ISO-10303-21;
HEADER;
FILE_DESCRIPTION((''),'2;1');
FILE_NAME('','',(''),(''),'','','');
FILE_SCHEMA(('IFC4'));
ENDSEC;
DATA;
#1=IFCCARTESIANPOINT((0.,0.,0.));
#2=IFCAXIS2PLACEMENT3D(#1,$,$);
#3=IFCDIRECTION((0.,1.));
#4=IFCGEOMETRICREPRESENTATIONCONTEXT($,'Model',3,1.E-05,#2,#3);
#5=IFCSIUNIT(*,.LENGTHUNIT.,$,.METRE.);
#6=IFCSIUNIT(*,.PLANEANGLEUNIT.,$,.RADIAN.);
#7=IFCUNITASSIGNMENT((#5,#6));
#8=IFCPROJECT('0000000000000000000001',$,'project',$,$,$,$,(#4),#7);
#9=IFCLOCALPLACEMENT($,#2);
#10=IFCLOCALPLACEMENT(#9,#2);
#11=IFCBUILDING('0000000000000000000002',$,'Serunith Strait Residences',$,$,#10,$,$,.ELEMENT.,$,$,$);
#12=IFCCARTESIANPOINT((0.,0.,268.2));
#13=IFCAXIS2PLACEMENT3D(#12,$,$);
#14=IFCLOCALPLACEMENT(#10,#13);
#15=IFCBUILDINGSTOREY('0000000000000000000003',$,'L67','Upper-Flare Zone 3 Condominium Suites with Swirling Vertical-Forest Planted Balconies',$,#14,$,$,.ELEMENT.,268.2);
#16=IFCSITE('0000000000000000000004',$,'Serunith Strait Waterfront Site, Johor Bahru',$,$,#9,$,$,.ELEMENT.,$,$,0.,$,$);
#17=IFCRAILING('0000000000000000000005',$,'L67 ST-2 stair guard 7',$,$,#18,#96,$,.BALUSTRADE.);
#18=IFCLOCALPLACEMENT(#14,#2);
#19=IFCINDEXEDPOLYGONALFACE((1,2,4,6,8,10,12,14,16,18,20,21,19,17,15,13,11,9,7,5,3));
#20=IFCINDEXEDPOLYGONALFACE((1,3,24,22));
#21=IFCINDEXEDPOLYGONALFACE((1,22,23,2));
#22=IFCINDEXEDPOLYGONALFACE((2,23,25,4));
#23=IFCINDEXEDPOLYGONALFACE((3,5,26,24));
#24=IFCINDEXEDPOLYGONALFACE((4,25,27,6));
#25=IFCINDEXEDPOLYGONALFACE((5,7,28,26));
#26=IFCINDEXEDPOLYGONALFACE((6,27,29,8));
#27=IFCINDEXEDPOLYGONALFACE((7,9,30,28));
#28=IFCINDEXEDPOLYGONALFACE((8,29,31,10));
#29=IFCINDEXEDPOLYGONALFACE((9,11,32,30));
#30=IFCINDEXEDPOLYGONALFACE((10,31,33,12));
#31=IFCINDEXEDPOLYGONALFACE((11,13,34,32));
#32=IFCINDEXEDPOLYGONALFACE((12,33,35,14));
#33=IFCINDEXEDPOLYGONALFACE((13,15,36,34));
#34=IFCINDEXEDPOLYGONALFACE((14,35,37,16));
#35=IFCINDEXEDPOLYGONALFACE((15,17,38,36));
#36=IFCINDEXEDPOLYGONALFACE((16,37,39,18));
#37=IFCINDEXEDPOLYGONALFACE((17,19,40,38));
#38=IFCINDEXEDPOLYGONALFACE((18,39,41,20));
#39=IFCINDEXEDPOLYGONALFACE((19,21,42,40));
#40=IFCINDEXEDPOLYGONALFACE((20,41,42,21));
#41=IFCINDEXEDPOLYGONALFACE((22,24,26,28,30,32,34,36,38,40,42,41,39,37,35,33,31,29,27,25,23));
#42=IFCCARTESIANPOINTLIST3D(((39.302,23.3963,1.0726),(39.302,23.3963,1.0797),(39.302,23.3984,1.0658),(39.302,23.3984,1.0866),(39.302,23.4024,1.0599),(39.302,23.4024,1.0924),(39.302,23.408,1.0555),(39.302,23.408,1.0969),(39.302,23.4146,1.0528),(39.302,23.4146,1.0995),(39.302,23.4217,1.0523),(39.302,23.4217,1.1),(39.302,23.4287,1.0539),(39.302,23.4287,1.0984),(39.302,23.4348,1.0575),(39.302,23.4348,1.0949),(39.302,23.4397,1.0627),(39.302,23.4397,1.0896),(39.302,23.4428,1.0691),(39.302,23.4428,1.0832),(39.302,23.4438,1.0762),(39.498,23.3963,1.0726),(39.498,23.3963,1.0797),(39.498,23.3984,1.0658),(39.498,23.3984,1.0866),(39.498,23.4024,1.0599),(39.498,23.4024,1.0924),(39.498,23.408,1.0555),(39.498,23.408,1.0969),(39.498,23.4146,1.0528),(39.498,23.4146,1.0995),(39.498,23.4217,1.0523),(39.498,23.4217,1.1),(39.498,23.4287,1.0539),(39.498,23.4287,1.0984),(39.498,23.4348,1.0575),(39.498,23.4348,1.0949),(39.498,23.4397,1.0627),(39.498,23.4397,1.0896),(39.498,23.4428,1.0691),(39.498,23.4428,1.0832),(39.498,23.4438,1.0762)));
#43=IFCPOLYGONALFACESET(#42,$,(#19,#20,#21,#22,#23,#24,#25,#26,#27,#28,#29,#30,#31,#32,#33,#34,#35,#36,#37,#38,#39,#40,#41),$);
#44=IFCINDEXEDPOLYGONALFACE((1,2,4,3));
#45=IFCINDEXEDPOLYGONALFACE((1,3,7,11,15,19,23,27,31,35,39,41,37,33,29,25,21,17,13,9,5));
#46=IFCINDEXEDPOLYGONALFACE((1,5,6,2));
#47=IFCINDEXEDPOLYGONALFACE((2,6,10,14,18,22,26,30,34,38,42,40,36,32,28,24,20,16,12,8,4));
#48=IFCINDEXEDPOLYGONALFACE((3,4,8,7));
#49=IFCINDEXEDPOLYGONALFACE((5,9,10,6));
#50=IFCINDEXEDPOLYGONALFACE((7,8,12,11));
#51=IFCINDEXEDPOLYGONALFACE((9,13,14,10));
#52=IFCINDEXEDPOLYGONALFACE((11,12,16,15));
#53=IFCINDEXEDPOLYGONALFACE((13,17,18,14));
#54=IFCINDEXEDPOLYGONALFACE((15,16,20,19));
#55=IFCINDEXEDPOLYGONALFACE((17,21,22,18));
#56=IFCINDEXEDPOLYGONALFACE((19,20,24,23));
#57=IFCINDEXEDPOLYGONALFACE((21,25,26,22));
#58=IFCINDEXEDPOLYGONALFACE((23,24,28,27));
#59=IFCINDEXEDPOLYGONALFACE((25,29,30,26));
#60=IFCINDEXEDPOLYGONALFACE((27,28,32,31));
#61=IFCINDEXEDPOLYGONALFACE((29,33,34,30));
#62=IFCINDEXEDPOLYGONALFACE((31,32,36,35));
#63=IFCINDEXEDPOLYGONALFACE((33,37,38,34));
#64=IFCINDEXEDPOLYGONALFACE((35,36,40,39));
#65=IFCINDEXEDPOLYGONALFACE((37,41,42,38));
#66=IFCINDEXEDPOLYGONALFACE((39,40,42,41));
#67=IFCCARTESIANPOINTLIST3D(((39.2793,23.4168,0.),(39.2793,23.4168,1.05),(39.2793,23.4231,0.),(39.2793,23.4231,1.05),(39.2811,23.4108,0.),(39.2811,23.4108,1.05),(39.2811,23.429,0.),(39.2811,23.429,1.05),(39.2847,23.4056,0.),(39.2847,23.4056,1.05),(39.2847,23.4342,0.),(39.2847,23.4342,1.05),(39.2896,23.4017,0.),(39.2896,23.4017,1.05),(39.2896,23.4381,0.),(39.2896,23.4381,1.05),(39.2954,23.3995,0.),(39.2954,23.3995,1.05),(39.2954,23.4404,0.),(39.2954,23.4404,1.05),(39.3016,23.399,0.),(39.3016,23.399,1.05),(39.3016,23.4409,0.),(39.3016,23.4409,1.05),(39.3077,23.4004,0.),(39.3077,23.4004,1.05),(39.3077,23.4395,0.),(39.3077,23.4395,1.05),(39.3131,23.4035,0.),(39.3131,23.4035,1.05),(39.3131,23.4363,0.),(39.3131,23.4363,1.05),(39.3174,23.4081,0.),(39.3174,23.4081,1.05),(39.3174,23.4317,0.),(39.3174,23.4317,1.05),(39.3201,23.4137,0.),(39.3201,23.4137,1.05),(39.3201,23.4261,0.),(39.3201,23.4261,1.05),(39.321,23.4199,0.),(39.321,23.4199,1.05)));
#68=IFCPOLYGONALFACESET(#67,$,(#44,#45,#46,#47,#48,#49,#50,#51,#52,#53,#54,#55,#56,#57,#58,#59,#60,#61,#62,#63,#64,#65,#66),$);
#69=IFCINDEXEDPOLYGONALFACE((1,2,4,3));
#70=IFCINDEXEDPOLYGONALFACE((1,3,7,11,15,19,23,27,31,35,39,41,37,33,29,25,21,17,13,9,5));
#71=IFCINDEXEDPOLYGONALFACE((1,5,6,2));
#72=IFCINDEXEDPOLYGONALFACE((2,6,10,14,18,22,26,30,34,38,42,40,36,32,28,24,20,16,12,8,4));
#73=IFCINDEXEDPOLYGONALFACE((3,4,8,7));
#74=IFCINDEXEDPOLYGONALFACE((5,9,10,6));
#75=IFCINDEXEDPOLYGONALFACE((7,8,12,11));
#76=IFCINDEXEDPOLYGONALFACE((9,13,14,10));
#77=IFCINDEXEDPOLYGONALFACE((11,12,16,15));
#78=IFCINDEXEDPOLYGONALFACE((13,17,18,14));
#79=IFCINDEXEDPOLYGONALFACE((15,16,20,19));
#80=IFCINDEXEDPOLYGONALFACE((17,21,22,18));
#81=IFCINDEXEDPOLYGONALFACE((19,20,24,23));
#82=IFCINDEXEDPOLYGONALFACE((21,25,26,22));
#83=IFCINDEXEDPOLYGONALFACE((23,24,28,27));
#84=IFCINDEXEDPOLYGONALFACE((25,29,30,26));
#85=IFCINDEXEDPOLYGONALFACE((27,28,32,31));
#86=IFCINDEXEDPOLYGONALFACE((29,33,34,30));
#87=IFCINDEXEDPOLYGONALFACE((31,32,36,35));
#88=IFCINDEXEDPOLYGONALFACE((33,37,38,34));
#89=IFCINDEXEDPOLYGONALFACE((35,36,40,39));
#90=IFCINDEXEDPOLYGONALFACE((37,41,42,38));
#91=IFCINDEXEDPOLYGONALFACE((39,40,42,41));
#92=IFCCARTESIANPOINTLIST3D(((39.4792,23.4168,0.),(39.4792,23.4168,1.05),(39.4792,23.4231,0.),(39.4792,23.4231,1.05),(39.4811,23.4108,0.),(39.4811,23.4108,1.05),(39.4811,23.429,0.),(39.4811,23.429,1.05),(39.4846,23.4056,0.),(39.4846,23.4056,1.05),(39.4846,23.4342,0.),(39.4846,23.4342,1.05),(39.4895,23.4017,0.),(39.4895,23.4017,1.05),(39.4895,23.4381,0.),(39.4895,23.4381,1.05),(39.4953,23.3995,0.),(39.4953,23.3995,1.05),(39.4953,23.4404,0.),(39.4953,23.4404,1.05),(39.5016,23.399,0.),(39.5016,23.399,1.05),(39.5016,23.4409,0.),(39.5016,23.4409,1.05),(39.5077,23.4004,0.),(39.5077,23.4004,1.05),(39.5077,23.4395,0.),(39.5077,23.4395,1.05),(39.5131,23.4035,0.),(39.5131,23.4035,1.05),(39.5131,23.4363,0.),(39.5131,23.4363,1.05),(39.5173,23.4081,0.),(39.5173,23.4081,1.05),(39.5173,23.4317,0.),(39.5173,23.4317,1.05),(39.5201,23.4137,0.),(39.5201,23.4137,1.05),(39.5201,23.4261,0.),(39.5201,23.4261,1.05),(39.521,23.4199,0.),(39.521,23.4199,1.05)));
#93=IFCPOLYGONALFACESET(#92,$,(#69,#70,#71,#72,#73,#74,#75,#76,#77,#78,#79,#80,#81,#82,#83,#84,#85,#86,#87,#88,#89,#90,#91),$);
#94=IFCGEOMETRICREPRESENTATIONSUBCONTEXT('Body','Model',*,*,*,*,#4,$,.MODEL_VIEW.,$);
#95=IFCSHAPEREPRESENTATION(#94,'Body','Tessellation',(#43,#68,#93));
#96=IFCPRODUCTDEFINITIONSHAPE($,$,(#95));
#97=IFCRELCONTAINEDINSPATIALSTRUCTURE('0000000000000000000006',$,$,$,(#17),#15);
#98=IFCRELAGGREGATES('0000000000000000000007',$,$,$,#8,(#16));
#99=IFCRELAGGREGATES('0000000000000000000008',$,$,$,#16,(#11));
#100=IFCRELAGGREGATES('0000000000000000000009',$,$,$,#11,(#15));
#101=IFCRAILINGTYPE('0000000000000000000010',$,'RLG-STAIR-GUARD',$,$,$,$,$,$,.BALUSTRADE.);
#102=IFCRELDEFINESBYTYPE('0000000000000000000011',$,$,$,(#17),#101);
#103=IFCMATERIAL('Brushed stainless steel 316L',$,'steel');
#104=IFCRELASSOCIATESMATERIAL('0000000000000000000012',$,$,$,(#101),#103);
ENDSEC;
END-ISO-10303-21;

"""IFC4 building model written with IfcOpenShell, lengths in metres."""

from ifc_helpers import new_model, si_unit, direction, frame, origin, origin_2d, place, context, subcontext, project, spatial, circle, extrude, material, type_object, element, save


model = new_model("IFC4")

# Units and contexts
model_context = context("Model", 3, precision=1e-05, world=origin(), true_north=direction((0.0, 1.0)))
body_context = subcontext(model_context, "Body", "Model", "MODEL_VIEW")
ifc_project = project(units=[si_unit("LENGTHUNIT", "METRE"), si_unit("PLANEANGLEUNIT", "RADIAN")], contexts=[model_context])

# Site, building, storey
site_placement = place(None, origin())
site = spatial("IfcSite", under=ifc_project, at=site_placement, Name="Serunith Strait Waterfront Site, Johor Bahru", CompositionType="ELEMENT", RefElevation=0.0)
building_placement = place(site_placement, origin())
building = spatial("IfcBuilding", under=site, at=building_placement, Name="Serunith Strait Residences", CompositionType="ELEMENT")
storey_placement = place(building_placement, frame((0.0, 0.0, 268.2)))
storey = spatial("IfcBuildingStorey", under=building, at=storey_placement, Name="L67", Description="Upper-Flare Zone 3 Condominium Suites with Swirling Vertical-Forest Planted Balconies", CompositionType="ELEMENT", Elevation=268.2)

# Railing
ifc_material_1 = material(Name="Brushed stainless steel 316L", Category="steel")
railing_type_1 = type_object("IfcRailingType", Name="RLG-STAIR-GUARD", PredefinedType="BALUSTRADE", material=ifc_material_1)
railing_1_placement = place(storey_placement, frame((39.3, 23.4199, 0.0)))
element("IfcRailing", 1, at=railing_1_placement, inside=storey, type_object=railing_type_1, Name="L67 ST-2 stair guard 7", PredefinedType="BALUSTRADE", context=body_context, shape_type="SweptSolid", body=[
    extrude(circle(Radius=0.0239, at=origin_2d()), frame((0.002, 0.0, 1.0762), z_axis=(1.0, 0.0, 0.0), x_axis=(0.0, 1.0, 0.0)), (0.0, 0.0, 1.0), 0.196),
    extrude(circle(Radius=0.021, at=origin_2d()), origin(), (0.0, 0.0, 1.0), 1.05),
    extrude(circle(Radius=0.021, at=origin_2d()), frame((0.2, 0.0, 0.0)), (0.0, 0.0, 1.0), 1.05),
])

save(model, "model.ifc")
